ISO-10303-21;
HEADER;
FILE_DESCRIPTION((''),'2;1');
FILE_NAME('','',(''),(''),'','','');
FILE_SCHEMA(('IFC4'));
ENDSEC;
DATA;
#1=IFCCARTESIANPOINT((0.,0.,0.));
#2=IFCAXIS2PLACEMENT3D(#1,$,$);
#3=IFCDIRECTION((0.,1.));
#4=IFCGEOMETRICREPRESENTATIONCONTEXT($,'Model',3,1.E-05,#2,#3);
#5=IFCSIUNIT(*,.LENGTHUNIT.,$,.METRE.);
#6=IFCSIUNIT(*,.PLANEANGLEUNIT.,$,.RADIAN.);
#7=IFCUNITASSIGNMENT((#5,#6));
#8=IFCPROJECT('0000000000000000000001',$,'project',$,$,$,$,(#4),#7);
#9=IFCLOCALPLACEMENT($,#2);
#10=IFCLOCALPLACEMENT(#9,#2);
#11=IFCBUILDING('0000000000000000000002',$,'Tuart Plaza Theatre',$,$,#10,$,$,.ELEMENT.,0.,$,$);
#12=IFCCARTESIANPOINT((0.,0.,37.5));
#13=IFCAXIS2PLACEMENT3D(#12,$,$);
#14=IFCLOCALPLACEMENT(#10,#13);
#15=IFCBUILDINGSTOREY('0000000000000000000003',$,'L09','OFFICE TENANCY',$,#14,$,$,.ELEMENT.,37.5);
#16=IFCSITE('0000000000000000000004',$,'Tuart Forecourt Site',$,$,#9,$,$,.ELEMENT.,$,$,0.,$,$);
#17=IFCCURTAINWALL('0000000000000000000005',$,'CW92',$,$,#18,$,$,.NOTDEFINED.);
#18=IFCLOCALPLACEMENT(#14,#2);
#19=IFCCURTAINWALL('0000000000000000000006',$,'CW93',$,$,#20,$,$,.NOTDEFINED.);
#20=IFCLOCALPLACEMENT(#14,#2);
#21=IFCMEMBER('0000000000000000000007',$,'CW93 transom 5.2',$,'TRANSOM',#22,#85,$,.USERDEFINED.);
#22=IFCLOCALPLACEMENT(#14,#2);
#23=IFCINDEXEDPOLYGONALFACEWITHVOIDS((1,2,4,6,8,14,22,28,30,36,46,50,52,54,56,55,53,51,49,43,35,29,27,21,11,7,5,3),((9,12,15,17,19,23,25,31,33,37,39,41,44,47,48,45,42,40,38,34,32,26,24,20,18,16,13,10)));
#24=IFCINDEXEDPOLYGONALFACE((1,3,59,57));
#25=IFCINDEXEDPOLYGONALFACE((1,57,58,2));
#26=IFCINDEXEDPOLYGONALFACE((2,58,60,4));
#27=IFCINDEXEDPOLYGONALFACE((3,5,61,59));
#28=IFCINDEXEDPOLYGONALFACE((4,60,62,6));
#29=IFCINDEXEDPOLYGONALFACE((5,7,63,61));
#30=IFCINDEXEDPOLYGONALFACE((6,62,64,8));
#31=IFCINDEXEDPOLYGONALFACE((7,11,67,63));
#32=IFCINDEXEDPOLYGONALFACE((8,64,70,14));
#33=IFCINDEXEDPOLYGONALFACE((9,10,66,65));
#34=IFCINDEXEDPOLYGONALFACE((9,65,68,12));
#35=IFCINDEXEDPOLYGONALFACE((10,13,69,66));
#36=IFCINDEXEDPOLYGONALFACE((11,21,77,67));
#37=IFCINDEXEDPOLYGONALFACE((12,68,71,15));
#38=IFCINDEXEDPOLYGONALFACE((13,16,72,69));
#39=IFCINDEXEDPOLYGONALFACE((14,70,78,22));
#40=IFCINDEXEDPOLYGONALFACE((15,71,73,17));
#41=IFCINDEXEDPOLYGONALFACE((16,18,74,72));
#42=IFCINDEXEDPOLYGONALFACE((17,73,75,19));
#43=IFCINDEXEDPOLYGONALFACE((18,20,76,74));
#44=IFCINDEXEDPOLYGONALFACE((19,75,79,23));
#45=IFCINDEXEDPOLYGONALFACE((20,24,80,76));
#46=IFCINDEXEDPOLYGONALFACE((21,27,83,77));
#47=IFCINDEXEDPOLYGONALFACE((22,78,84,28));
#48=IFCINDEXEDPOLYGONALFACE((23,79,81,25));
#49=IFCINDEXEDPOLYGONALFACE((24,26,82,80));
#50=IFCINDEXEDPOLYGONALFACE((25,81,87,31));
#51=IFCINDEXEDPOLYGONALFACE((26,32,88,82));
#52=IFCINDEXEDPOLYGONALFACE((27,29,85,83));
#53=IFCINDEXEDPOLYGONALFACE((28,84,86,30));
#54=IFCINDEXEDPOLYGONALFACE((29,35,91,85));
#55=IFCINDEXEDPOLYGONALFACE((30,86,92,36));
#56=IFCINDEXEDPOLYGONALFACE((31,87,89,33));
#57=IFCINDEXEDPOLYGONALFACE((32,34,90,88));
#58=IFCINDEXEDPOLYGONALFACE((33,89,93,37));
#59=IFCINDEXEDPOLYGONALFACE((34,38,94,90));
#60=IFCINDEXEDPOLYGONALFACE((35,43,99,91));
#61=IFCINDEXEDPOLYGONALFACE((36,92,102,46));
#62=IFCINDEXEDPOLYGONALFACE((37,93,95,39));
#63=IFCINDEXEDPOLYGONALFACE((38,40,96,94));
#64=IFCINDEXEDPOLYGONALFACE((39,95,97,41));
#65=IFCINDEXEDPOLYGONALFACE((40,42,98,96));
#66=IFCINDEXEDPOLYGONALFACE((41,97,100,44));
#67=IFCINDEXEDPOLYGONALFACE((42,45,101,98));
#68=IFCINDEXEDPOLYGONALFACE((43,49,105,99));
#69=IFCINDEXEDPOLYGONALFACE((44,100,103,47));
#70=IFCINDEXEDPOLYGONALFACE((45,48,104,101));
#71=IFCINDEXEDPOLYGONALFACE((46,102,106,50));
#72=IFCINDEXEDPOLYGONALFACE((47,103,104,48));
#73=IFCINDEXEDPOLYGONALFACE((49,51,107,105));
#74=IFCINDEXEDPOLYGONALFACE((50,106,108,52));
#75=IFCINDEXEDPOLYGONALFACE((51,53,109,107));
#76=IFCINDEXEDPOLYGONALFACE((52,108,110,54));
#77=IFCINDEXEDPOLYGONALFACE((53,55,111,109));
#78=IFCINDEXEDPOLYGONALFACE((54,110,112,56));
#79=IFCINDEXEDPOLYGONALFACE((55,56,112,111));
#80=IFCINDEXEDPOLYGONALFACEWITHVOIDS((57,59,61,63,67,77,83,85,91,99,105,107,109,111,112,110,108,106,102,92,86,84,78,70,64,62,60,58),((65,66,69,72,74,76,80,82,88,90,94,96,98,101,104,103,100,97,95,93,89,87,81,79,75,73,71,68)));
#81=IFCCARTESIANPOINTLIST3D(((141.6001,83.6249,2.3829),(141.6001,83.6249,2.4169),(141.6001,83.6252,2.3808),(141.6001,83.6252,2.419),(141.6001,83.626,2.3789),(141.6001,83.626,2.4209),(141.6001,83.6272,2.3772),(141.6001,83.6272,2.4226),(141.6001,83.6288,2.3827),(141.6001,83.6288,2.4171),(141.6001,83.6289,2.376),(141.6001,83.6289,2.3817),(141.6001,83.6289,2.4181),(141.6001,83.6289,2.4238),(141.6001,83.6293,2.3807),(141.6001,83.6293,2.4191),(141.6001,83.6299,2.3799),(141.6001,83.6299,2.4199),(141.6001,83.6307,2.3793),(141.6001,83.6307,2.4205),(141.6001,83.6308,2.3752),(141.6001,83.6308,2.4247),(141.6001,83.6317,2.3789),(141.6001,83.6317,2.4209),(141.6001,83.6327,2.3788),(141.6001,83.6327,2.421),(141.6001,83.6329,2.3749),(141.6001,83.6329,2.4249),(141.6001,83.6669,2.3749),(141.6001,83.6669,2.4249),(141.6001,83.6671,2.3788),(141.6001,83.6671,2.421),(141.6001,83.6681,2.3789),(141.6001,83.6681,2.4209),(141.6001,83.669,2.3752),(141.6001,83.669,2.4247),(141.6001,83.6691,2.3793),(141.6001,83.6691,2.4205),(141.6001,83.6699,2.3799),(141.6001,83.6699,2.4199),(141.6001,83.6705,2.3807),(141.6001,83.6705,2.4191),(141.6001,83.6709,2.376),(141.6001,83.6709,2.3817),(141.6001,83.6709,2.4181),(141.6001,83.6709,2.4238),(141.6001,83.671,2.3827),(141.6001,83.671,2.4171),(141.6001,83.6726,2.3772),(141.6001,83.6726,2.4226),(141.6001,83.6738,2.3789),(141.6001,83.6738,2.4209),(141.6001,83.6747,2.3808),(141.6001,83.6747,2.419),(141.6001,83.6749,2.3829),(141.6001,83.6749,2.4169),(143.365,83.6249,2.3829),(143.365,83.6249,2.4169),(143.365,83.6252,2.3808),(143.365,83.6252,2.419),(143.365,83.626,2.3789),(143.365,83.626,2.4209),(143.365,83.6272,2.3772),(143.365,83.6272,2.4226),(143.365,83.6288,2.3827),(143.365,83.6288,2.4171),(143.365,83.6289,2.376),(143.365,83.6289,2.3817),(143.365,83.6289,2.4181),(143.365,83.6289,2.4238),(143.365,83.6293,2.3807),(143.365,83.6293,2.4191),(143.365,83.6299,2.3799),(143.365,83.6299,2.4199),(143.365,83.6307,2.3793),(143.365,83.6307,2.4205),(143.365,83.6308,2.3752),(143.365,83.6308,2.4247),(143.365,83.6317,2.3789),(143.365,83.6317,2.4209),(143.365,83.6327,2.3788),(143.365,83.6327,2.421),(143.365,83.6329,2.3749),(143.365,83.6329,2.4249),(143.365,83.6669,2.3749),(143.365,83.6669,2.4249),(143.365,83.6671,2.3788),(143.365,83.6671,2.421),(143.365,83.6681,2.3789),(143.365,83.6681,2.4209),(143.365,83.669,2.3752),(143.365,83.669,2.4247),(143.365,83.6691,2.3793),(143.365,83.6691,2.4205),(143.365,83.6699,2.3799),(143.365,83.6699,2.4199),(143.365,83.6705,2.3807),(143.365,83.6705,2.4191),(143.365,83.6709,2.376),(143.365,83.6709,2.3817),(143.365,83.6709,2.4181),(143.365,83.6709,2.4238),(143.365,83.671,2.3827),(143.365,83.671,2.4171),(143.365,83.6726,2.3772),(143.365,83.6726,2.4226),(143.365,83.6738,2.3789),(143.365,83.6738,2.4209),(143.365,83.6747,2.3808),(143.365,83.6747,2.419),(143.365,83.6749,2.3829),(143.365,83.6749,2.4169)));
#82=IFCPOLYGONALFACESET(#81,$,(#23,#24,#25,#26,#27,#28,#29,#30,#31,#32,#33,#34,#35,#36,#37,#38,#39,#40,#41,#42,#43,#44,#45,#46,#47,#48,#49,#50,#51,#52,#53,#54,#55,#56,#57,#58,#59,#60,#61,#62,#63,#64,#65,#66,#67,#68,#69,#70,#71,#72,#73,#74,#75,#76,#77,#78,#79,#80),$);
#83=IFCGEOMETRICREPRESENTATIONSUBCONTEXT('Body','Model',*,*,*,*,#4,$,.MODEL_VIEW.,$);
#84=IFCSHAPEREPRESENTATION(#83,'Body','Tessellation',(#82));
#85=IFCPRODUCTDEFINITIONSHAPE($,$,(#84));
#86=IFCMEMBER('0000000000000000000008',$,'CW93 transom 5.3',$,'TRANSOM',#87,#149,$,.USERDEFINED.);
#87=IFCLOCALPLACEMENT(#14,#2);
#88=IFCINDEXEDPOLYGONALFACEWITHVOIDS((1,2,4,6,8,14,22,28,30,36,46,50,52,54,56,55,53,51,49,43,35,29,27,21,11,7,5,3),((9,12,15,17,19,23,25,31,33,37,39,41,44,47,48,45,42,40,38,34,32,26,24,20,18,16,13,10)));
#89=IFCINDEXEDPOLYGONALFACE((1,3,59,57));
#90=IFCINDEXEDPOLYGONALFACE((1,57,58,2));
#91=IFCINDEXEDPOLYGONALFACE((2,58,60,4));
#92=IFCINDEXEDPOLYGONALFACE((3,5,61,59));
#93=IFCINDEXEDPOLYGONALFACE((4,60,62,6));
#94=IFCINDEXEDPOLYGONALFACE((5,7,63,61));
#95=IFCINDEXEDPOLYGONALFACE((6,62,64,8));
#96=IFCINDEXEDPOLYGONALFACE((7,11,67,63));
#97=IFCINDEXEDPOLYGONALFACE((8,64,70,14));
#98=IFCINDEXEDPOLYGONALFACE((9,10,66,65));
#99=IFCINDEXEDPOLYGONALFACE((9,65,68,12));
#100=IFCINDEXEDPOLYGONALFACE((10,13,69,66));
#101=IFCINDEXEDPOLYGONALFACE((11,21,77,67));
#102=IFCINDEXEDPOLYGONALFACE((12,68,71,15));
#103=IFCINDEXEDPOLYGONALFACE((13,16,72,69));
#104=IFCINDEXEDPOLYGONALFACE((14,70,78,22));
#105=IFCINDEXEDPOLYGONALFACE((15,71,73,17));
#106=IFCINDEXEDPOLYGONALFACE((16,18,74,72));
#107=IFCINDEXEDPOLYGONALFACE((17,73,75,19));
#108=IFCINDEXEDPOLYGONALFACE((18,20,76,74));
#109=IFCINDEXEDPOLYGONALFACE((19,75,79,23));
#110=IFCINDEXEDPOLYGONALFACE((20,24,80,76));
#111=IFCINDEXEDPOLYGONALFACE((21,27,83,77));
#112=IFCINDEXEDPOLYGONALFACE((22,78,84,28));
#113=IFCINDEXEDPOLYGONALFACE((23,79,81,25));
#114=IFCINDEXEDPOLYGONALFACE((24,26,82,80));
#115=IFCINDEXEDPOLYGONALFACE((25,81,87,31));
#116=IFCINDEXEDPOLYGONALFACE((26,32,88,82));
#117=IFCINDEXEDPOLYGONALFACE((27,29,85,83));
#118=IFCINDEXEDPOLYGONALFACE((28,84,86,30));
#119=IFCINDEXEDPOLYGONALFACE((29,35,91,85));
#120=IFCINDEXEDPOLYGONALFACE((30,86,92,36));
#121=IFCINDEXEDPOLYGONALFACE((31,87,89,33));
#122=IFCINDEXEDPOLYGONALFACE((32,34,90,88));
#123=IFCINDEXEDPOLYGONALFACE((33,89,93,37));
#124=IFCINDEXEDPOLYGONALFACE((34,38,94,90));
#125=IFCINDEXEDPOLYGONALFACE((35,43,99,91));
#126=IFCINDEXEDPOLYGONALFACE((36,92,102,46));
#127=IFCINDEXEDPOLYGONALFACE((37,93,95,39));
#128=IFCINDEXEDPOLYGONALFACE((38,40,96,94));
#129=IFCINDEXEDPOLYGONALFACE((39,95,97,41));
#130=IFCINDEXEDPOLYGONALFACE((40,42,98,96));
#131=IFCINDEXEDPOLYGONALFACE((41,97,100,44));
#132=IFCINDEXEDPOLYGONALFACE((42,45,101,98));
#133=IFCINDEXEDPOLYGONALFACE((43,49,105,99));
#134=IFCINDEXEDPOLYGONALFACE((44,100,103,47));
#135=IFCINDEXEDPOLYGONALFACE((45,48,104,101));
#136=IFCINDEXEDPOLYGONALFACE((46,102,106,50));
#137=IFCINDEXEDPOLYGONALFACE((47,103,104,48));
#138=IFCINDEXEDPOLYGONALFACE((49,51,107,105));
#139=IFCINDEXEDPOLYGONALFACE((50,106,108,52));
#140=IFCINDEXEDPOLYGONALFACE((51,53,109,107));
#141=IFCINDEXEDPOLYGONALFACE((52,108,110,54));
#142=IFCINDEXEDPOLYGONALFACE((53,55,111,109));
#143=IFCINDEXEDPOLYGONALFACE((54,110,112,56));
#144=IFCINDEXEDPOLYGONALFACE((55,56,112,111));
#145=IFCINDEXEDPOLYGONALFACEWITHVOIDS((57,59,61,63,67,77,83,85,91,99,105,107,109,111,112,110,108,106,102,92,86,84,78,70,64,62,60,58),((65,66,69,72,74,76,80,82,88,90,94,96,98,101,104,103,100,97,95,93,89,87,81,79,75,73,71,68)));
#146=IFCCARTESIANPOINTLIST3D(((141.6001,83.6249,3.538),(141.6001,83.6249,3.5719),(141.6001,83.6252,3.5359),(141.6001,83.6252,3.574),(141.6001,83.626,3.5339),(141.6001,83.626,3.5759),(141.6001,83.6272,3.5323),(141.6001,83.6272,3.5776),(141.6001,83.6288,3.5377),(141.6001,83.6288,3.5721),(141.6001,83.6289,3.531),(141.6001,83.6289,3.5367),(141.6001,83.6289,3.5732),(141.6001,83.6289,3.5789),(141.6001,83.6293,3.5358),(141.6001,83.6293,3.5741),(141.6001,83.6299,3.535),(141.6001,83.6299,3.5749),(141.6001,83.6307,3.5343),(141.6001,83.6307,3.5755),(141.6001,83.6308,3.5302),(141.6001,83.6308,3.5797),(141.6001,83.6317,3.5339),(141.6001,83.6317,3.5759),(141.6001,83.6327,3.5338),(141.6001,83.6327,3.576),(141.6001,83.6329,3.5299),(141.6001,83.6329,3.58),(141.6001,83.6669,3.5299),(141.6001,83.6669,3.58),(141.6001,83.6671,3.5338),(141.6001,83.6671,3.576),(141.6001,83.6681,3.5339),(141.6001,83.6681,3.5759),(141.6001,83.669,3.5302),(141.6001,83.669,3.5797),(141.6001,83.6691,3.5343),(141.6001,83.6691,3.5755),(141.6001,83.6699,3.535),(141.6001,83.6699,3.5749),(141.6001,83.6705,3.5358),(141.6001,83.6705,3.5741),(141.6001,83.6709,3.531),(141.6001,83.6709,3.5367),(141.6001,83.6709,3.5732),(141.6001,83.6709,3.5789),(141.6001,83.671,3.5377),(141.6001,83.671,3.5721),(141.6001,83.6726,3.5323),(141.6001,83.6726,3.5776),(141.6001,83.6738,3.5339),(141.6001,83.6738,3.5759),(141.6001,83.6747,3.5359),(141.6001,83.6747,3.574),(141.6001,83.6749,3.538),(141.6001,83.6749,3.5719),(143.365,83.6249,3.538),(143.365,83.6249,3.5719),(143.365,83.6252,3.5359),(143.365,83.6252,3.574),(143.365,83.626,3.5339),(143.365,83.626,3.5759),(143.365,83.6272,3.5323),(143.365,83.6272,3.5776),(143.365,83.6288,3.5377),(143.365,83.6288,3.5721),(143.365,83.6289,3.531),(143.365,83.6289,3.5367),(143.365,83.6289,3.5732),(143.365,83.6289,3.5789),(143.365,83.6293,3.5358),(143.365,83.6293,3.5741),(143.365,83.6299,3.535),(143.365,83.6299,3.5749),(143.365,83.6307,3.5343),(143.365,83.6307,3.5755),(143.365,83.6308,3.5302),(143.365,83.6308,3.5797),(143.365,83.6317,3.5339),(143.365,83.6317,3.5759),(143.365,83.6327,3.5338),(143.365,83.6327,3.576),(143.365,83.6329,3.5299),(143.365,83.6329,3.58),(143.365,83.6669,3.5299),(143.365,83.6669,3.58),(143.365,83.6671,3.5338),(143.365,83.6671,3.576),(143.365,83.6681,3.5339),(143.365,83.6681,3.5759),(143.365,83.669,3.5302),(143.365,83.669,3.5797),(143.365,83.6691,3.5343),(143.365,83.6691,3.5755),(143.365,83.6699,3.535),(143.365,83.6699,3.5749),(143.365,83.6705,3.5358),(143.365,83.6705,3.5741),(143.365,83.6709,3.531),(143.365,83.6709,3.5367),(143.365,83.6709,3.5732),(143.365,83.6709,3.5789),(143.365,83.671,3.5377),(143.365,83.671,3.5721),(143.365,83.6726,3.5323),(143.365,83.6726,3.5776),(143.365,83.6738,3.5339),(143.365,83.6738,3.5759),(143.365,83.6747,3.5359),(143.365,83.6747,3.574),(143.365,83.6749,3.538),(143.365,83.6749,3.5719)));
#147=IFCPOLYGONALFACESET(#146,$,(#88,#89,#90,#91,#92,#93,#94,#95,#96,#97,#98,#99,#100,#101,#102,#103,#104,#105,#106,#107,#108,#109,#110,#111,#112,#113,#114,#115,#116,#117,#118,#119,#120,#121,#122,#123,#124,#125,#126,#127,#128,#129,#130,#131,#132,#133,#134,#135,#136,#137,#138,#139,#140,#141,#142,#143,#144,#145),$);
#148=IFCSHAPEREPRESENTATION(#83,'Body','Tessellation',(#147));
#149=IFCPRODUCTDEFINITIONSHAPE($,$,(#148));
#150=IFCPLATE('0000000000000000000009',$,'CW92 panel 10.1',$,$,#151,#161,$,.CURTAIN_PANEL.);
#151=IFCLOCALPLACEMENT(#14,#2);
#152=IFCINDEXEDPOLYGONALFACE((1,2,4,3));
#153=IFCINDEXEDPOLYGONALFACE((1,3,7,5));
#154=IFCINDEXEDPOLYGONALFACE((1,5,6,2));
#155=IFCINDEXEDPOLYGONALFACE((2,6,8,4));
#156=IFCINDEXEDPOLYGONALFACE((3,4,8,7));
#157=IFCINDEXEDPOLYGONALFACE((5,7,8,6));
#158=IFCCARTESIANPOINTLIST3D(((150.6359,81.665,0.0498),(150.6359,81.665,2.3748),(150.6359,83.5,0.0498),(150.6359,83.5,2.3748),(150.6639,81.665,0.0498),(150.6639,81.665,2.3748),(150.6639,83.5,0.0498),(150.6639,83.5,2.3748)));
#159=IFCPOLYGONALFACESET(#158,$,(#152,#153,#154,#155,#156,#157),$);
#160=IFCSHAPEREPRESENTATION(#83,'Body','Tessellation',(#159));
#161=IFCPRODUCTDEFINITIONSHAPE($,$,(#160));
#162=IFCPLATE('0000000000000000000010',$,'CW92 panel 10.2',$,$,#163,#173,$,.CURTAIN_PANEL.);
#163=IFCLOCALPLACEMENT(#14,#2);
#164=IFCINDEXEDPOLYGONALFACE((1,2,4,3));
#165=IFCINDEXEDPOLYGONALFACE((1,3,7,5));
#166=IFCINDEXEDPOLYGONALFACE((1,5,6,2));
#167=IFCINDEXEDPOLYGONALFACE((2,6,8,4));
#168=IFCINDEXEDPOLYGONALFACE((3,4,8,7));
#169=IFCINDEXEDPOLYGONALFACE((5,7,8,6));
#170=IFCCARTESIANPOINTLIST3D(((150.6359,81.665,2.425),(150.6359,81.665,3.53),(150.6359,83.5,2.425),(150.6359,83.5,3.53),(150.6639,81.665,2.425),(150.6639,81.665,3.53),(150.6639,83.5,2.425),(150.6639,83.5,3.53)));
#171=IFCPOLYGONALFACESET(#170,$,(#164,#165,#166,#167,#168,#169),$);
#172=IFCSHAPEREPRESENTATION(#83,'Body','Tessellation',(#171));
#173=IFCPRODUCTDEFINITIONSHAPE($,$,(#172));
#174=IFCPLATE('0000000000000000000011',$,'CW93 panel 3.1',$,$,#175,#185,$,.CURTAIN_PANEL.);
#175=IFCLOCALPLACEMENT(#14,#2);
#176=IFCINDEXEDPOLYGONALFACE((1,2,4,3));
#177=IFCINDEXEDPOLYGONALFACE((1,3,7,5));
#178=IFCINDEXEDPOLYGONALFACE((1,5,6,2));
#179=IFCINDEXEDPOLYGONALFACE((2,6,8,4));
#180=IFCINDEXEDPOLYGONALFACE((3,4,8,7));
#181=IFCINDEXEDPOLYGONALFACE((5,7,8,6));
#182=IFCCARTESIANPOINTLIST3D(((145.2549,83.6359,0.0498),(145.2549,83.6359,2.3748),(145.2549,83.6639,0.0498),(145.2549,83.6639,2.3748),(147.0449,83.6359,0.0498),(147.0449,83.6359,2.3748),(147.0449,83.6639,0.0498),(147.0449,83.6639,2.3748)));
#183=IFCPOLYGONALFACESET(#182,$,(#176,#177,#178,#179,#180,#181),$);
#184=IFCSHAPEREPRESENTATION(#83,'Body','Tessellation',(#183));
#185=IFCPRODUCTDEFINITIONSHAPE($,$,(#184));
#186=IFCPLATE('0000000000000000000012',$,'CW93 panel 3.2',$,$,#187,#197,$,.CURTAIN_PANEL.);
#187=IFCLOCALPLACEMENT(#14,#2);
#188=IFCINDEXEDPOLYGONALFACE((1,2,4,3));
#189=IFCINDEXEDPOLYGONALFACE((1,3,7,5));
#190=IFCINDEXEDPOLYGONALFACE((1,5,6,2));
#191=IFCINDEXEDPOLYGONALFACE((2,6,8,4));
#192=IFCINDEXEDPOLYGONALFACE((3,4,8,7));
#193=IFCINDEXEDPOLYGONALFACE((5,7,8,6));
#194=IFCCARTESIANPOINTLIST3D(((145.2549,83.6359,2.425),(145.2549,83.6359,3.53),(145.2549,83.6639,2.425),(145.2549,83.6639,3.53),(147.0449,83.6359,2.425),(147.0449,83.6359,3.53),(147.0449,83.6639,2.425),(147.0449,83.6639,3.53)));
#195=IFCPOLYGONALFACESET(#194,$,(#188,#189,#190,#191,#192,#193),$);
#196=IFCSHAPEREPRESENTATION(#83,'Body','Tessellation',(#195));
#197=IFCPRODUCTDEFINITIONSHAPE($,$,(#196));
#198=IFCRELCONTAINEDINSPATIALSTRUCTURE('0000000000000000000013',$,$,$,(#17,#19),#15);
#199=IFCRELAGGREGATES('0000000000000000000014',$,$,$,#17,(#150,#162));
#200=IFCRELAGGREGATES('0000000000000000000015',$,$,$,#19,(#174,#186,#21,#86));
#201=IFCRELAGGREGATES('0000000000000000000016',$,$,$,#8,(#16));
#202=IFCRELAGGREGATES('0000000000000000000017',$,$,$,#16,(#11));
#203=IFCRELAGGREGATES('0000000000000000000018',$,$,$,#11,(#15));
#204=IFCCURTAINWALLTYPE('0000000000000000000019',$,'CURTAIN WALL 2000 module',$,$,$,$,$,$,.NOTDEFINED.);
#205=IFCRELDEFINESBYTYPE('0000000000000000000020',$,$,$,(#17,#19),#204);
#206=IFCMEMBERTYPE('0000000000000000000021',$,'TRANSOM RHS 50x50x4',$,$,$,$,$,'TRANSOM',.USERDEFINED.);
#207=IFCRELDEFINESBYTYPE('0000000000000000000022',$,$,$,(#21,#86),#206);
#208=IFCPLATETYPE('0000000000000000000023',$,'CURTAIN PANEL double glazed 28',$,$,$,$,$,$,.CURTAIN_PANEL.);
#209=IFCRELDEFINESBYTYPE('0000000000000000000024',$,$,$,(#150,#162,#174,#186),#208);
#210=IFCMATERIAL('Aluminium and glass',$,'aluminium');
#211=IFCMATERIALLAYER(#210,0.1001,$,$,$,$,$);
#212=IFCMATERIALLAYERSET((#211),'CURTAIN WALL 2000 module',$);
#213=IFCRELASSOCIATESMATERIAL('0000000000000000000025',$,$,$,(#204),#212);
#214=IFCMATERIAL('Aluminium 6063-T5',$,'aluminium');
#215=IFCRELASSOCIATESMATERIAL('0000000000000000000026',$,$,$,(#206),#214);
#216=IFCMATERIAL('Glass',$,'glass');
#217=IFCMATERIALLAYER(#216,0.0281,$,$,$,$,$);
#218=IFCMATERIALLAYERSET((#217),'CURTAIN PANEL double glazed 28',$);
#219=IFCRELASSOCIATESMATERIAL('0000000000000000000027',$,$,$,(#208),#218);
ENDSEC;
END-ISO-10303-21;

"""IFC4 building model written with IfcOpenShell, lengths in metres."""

from ifc_helpers import new_model, si_unit, direction, frame, origin, origin_2d, place, context, subcontext, project, spatial, rectangle, hollow_rectangle, extrude, material, layer, layer_set, material_profile, profile_set, type_object, element, aggregate, save


model = new_model("IFC4")

# Units and contexts
model_context = context("Model", 3, precision=1e-05, world=origin(), true_north=direction((0.0, 1.0)))
body_context = subcontext(model_context, "Body", "Model", "MODEL_VIEW")
ifc_project = project(units=[si_unit("LENGTHUNIT", "METRE"), si_unit("PLANEANGLEUNIT", "RADIAN")], contexts=[model_context])

# Site, building, storey
site_placement = place(None, origin())
site = spatial("IfcSite", under=ifc_project, at=site_placement, Name="Tuart Forecourt Site", CompositionType="ELEMENT", RefElevation=0.0)
building_placement = place(site_placement, origin())
building = spatial("IfcBuilding", under=site, at=building_placement, Name="Tuart Plaza Theatre", CompositionType="ELEMENT", ElevationOfRefHeight=0.0)
storey_placement = place(building_placement, frame((0.0, 0.0, 37.5)))
storey = spatial("IfcBuildingStorey", under=building, at=storey_placement, Name="L09", Description="OFFICE TENANCY", CompositionType="ELEMENT", Elevation=37.5)

# Curtain wall
ifc_material_1 = material(Name="Aluminium and glass", Category="aluminium")
ifc_layer_1 = layer(ifc_material_1, 0.1001)
ifc_layer_set_1 = layer_set([ifc_layer_1], Name="CURTAIN WALL 2000 module")
curtain_wall_type = type_object("IfcCurtainWallType", Name="CURTAIN WALL 2000 module", PredefinedType="NOTDEFINED", material=ifc_layer_set_1)
curtain_wall_1_placement = place(storey_placement, origin())
curtain_wall_1 = element("IfcCurtainWall", 1, at=curtain_wall_1_placement, inside=storey, type_object=curtain_wall_type, Name="CW92", PredefinedType="NOTDEFINED")

# Curtain wall
curtain_wall_2_placement = place(storey_placement, origin())
curtain_wall_2 = element("IfcCurtainWall", 2, at=curtain_wall_2_placement, inside=storey, type_object=curtain_wall_type, Name="CW93", PredefinedType="NOTDEFINED")

# Members
ifc_material_2 = material(Name="Aluminium 6063-T5", Category="aluminium")
ifc_material_profile_1 = material_profile(ifc_material_2, hollow_rectangle(XDim=0.05, YDim=0.05, WallThickness=0.0039, InnerFilletRadius=0.0039, OuterFilletRadius=0.0081, at=origin_2d()), Name="RHS 50x50x4")
ifc_profile_set_1 = profile_set([ifc_material_profile_1], Name="Aluminium 6063-T5")
member_type_1 = type_object("IfcMemberType", Name="TRANSOM RHS 50x50x4", ElementType="TRANSOM", PredefinedType="USERDEFINED", material=ifc_profile_set_1)
member_1_placement = place(storey_placement, frame((143.365, 83.6499, 2.3999), z_axis=(-1.0, 0.0, 0.0), x_axis=(0.0, -1.0, 0.0)))
member_1 = element("IfcMember", 3, at=member_1_placement, type_object=member_type_1, Name="CW93 transom 5.2", ObjectType="TRANSOM", PredefinedType="USERDEFINED", context=body_context, shape_type="SweptSolid", body=[
    extrude(hollow_rectangle(XDim=0.05, YDim=0.05, WallThickness=0.0039, InnerFilletRadius=0.0039, OuterFilletRadius=0.0081, at=origin_2d()), origin(), (0.0, 0.0, 1.0), 1.7649),
])
member_2_placement = place(storey_placement, frame((143.365, 83.6499, 3.5549), z_axis=(-1.0, 0.0, 0.0), x_axis=(0.0, -1.0, 0.0)))
member_2 = element("IfcMember", 4, at=member_2_placement, type_object=member_type_1, Name="CW93 transom 5.3", ObjectType="TRANSOM", PredefinedType="USERDEFINED", context=body_context, shape_type="SweptSolid", body=[
    extrude(hollow_rectangle(XDim=0.05, YDim=0.05, WallThickness=0.0039, InnerFilletRadius=0.0039, OuterFilletRadius=0.0081, at=origin_2d()), origin(), (0.0, 0.0, 1.0), 1.7649),
])

# Plates
ifc_material_3 = material(Name="Glass", Category="glass")
ifc_layer_2 = layer(ifc_material_3, 0.0281)
ifc_layer_set_2 = layer_set([ifc_layer_2], Name="CURTAIN PANEL double glazed 28")
plate_type = type_object("IfcPlateType", Name="CURTAIN PANEL double glazed 28", PredefinedType="CURTAIN_PANEL", material=ifc_layer_set_2)
plate_1_placement = place(storey_placement, frame((150.6499, 82.5825, 0.0498), z_axis=(0.0, 0.0, 1.0), x_axis=(0.0, 1.0, 0.0)))
plate_1 = element("IfcPlate", 5, at=plate_1_placement, type_object=plate_type, Name="CW92 panel 10.1", PredefinedType="CURTAIN_PANEL", context=body_context, shape_type="SweptSolid", body=[
    extrude(rectangle(XDim=1.835, YDim=0.0281, at=origin_2d()), origin(), (0.0, 0.0, 1.0), 2.325),
])
plate_2_placement = place(storey_placement, frame((150.6499, 82.5825, 2.425), z_axis=(0.0, 0.0, 1.0), x_axis=(0.0, 1.0, 0.0)))
plate_2 = element("IfcPlate", 6, at=plate_2_placement, type_object=plate_type, Name="CW92 panel 10.2", PredefinedType="CURTAIN_PANEL", context=body_context, shape_type="SweptSolid", body=[
    extrude(rectangle(XDim=1.835, YDim=0.0281, at=origin_2d()), origin(), (0.0, 0.0, 1.0), 1.105),
])
aggregate(curtain_wall_1, [plate_1, plate_2])
plate_3_placement = place(storey_placement, frame((146.1499, 83.6499, 0.0498), z_axis=(0.0, 0.0, 1.0), x_axis=(-1.0, 0.0, 0.0)))
plate_3 = element("IfcPlate", 7, at=plate_3_placement, type_object=plate_type, Name="CW93 panel 3.1", PredefinedType="CURTAIN_PANEL", context=body_context, shape_type="SweptSolid", body=[
    extrude(rectangle(XDim=1.79, YDim=0.0281, at=origin_2d()), origin(), (0.0, 0.0, 1.0), 2.325),
])
plate_4_placement = place(storey_placement, frame((146.1499, 83.6499, 2.425), z_axis=(0.0, 0.0, 1.0), x_axis=(-1.0, 0.0, 0.0)))
plate_4 = element("IfcPlate", 8, at=plate_4_placement, type_object=plate_type, Name="CW93 panel 3.2", PredefinedType="CURTAIN_PANEL", context=body_context, shape_type="SweptSolid", body=[
    extrude(rectangle(XDim=1.79, YDim=0.0281, at=origin_2d()), origin(), (0.0, 0.0, 1.0), 1.105),
])
aggregate(curtain_wall_2, [plate_3, plate_4, member_1, member_2])

save(model, "model.ifc")
